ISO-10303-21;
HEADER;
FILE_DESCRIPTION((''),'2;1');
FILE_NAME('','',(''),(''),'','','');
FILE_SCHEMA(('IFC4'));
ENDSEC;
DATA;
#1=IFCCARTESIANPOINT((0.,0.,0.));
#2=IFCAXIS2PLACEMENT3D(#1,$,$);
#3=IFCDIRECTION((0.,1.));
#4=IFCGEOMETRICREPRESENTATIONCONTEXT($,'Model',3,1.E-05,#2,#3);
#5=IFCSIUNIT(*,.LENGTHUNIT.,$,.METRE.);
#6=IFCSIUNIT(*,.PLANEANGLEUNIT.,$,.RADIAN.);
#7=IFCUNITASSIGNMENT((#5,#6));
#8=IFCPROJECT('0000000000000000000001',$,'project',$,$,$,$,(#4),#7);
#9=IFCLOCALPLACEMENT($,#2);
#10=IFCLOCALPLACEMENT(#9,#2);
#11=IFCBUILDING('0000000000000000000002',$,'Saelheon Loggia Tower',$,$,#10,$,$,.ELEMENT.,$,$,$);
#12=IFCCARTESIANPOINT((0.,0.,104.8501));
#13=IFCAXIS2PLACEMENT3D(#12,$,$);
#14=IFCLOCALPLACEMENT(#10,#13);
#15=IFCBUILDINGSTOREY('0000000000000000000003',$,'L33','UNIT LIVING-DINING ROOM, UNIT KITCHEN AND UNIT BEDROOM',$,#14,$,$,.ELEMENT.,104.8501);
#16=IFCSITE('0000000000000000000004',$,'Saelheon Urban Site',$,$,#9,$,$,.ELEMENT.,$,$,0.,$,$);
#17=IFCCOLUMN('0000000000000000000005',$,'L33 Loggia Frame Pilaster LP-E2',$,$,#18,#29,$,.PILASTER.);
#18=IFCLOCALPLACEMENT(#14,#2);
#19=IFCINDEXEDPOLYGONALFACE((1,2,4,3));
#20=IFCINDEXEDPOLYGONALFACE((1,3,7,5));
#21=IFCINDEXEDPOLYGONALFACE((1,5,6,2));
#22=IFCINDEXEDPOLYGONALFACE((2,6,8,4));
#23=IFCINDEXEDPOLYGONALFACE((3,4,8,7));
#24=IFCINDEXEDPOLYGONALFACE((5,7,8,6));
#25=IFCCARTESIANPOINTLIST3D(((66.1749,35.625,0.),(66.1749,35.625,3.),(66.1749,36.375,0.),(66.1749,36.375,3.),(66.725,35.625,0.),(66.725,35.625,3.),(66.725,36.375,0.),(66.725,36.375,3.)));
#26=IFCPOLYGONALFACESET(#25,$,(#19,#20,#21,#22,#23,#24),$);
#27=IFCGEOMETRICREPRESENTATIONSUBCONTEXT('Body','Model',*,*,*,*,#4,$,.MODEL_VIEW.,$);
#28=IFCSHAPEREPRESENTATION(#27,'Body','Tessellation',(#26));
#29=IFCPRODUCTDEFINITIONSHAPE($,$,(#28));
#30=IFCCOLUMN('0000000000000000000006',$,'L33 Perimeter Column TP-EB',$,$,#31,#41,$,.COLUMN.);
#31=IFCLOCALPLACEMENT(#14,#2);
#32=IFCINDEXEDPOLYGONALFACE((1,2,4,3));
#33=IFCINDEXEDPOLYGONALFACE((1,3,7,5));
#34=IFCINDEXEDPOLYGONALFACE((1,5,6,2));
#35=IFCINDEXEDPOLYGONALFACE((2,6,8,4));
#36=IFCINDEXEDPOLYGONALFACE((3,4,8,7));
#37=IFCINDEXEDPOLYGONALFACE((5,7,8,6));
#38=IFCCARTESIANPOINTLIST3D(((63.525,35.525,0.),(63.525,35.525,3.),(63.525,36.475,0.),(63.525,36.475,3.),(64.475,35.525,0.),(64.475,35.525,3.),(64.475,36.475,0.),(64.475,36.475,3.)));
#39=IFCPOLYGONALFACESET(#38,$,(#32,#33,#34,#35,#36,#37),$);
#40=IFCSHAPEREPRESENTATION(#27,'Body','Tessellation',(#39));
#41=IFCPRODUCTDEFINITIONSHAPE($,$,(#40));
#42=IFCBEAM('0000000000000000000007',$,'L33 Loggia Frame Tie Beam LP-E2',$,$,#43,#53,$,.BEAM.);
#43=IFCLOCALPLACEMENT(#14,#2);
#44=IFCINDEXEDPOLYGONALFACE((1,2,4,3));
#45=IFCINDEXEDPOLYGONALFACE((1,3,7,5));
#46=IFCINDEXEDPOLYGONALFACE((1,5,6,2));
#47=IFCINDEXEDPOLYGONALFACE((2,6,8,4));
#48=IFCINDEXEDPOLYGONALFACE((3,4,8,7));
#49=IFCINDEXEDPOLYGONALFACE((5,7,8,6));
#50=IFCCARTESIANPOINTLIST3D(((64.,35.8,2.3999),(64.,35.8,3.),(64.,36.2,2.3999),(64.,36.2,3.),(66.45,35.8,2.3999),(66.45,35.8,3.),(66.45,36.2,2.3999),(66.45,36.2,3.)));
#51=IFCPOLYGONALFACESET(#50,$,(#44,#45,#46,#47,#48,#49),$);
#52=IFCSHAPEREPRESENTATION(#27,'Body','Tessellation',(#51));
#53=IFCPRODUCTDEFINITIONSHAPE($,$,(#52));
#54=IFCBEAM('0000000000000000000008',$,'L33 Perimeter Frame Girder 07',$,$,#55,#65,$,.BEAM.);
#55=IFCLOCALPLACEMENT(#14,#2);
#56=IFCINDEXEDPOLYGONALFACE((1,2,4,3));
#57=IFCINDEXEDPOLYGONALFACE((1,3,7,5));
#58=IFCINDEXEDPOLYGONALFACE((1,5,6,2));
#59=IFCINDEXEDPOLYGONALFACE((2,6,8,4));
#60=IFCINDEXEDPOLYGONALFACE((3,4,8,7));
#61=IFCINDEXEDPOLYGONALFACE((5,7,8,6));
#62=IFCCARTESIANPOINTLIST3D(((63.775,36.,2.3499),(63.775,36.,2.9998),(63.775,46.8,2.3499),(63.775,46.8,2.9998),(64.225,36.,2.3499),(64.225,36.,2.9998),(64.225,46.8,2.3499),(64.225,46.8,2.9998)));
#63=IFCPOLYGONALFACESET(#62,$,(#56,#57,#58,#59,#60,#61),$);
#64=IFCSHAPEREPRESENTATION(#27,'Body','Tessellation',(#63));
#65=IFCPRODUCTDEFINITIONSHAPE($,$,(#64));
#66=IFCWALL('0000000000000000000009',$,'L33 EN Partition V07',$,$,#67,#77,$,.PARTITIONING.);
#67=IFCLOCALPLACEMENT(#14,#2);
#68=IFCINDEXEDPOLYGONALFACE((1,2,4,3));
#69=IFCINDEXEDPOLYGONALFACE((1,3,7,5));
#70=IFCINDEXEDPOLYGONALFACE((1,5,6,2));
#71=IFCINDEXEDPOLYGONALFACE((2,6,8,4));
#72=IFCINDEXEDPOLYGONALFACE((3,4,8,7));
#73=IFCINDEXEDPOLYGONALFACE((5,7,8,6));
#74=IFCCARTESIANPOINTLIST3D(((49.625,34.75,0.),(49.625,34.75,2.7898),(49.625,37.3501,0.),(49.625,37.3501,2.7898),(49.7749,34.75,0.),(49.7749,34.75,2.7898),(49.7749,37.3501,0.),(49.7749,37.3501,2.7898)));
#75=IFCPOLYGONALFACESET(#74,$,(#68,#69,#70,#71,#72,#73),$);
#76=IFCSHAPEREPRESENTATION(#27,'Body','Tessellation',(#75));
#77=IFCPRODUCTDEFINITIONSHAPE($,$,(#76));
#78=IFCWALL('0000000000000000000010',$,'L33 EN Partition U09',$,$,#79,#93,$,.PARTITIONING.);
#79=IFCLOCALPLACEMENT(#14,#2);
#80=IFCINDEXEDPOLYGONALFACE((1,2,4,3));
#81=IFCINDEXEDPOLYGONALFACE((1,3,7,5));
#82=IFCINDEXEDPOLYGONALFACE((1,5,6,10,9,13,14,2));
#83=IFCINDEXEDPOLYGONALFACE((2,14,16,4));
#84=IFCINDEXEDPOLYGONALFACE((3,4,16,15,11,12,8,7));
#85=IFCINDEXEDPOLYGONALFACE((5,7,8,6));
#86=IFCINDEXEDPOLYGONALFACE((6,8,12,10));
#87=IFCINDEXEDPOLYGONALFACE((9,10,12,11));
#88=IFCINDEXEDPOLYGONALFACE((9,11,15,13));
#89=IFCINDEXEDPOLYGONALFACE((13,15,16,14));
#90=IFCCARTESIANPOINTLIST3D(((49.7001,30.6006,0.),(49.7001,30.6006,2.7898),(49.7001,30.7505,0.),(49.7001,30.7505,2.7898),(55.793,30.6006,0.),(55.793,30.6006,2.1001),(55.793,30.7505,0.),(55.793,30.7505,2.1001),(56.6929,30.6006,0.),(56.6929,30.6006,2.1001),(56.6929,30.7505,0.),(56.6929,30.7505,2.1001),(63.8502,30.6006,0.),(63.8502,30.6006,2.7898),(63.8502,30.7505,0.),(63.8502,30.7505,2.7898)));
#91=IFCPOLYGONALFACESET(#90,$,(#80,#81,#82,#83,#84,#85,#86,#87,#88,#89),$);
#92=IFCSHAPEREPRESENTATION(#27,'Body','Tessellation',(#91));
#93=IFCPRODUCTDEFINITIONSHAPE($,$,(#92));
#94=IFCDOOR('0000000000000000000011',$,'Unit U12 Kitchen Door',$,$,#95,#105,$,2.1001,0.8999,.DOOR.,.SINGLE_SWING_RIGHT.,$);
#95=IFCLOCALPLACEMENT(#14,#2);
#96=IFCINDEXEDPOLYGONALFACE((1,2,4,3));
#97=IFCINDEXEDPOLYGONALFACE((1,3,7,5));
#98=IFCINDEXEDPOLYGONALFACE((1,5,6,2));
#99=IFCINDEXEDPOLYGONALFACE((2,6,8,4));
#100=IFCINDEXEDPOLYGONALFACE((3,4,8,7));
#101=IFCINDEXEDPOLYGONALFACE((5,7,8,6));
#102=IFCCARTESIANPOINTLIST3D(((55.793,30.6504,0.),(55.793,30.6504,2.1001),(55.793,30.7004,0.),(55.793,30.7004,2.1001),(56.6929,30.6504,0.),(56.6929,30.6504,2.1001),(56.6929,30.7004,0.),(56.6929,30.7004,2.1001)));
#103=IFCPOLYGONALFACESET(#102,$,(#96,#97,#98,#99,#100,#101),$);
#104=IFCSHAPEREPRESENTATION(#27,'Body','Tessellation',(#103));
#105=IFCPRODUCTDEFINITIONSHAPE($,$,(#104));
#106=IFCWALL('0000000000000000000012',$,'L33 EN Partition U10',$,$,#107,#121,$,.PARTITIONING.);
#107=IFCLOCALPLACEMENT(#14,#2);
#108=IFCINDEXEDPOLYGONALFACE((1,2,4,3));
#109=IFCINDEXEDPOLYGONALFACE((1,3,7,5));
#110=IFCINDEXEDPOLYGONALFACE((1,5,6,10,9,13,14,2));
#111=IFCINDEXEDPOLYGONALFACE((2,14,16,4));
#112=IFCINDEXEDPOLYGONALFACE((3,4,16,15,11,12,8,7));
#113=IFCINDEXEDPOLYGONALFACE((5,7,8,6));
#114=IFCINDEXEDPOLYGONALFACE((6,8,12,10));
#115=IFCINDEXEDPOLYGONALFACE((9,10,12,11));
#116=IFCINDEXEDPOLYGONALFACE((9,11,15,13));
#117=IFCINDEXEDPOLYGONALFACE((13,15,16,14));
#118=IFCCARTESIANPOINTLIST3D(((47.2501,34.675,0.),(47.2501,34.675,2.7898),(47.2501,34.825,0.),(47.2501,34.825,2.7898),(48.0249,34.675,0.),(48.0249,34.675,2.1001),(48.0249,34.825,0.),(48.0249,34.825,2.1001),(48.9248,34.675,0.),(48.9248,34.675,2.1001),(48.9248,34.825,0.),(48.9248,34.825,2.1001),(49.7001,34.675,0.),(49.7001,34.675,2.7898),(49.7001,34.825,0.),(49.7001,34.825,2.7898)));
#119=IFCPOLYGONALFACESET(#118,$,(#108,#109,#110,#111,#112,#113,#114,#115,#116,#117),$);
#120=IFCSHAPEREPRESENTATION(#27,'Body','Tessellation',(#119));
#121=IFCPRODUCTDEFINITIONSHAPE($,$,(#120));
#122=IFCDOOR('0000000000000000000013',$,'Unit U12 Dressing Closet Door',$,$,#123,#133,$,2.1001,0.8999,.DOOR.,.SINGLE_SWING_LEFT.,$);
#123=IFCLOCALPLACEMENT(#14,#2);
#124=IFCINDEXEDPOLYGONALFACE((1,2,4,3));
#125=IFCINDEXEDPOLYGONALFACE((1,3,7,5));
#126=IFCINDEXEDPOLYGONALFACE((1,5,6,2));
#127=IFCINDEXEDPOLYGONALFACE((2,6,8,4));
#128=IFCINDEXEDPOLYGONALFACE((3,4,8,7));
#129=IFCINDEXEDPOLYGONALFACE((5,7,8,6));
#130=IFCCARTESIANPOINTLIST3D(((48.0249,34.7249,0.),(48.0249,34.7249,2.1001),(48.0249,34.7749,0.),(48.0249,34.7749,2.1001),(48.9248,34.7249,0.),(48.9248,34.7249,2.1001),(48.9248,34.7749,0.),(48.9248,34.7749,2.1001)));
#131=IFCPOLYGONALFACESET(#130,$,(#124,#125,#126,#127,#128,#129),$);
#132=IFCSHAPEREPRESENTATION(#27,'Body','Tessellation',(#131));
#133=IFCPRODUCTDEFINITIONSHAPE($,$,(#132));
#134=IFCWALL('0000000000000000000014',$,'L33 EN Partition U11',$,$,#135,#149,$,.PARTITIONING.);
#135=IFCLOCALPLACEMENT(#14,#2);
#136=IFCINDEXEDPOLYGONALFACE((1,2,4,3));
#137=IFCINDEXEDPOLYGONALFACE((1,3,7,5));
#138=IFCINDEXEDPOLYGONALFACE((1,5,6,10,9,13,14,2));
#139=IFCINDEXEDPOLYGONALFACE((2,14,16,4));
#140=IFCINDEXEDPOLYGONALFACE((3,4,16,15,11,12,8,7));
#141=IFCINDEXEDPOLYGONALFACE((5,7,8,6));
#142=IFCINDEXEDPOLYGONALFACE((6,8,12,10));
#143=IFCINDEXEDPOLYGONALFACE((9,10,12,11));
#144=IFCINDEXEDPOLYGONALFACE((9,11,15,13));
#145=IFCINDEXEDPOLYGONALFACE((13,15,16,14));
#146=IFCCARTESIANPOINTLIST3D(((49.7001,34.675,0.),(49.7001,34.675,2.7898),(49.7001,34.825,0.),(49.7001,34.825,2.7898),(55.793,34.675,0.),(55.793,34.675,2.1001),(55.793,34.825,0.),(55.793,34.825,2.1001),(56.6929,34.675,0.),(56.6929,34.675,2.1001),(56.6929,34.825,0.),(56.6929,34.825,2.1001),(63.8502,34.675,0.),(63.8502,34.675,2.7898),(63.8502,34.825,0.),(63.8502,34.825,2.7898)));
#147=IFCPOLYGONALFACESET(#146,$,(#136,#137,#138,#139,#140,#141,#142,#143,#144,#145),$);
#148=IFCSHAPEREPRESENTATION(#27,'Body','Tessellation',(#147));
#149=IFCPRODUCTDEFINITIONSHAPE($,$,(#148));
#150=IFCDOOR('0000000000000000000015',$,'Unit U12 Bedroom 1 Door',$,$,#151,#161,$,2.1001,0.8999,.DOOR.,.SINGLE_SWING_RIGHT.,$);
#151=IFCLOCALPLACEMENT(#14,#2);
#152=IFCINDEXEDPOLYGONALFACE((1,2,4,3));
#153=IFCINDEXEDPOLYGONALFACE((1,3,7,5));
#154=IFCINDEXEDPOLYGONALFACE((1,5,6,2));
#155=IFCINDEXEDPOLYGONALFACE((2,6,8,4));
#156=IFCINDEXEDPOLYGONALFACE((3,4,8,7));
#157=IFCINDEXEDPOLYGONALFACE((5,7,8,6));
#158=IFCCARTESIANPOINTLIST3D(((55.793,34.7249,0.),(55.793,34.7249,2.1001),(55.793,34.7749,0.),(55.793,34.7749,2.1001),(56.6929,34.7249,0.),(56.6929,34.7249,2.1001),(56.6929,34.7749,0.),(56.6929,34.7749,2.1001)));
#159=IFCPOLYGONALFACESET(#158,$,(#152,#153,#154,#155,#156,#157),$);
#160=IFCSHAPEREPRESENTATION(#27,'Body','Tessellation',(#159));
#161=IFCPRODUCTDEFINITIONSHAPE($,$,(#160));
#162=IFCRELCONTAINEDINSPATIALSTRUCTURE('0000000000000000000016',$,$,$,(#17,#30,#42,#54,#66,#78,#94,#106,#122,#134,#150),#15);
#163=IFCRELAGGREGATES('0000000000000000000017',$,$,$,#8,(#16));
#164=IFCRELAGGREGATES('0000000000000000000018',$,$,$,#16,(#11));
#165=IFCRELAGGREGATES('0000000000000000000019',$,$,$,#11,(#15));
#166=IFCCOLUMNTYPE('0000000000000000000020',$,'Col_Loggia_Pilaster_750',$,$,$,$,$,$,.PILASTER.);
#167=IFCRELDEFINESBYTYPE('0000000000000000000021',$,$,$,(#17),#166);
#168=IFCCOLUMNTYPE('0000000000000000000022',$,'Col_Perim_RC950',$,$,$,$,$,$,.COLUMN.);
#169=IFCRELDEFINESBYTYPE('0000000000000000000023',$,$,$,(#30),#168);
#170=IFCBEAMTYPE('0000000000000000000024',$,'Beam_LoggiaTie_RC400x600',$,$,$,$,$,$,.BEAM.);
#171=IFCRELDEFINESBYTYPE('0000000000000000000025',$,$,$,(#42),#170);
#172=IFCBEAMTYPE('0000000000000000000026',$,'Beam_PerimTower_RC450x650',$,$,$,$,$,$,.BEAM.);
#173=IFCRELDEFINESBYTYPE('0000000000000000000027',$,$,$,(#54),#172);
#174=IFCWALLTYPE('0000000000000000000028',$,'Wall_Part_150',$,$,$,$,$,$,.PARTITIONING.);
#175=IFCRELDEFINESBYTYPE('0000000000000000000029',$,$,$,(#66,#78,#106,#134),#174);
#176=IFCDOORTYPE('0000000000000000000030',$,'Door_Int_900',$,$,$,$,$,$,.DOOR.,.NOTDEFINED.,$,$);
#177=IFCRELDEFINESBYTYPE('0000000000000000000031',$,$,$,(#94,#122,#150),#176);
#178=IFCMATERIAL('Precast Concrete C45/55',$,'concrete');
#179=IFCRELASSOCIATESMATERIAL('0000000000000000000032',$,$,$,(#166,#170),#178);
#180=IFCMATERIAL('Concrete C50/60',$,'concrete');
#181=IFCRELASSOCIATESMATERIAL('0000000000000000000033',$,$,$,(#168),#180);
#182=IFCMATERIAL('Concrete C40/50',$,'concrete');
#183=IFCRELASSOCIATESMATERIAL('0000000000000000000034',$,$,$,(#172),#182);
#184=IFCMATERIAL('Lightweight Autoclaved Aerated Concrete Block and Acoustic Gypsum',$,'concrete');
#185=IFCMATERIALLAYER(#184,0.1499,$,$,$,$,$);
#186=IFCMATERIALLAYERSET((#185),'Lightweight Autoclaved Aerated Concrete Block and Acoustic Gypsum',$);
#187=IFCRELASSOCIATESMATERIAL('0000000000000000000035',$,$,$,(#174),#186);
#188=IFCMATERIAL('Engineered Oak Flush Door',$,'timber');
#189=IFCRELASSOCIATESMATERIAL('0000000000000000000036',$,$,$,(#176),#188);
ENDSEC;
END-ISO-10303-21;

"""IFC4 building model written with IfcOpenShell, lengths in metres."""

from ifc_helpers import new_model, si_unit, direction, frame, frame_2d, origin, origin_2d, place, context, subcontext, project, spatial, rectangle, extrude, source, transform, mapped, material, layer, layer_set, material_profile, profile_set, type_object, element, fill, save


model = new_model("IFC4")

# Units and contexts
model_context = context("Model", 3, precision=1e-05, world=origin(), true_north=direction((0.0, 1.0)))
body_context = subcontext(model_context, "Body", "Model", "MODEL_VIEW")
ifc_project = project(units=[si_unit("LENGTHUNIT", "METRE"), si_unit("PLANEANGLEUNIT", "RADIAN")], contexts=[model_context])

# Site, building, storey
site_placement = place(None, origin())
site = spatial("IfcSite", under=ifc_project, at=site_placement, Name="Saelheon Urban Site", CompositionType="ELEMENT", RefElevation=0.0)
building_placement = place(site_placement, origin())
building = spatial("IfcBuilding", under=site, at=building_placement, Name="Saelheon Loggia Tower", CompositionType="ELEMENT")
storey_placement = place(building_placement, frame((0.0, 0.0, 104.8501)))
storey = spatial("IfcBuildingStorey", under=building, at=storey_placement, Name="L33", Description="UNIT LIVING-DINING ROOM, UNIT KITCHEN AND UNIT BEDROOM", CompositionType="ELEMENT", Elevation=104.8501)

# Columns
ifc_material_1 = material(Name="Precast Concrete C45/55", Category="concrete")
ifc_material_profile_1 = material_profile(ifc_material_1, rectangle(XDim=0.55, YDim=0.75, at=origin_2d()), Name="RC-550x750")
ifc_profile_set_1 = profile_set([ifc_material_profile_1], Name="Precast Concrete C45/55")
column_type_1 = type_object("IfcColumnType", Name="Col_Loggia_Pilaster_750", PredefinedType="PILASTER", material=ifc_profile_set_1)
shared_shape_1 = source(origin(), body_context, "Body", "SweptSolid", [
    extrude(rectangle(XDim=0.55, YDim=0.75, at=origin_2d()), origin(), (0.0, 0.0, 1.0), 3.0),
])
column_1_placement = place(storey_placement, frame((66.45, 36.0, 0.0), z_axis=(0.0, 0.0, 1.0), x_axis=(1.0, 0.0, 0.0)))
element("IfcColumn", 1, at=column_1_placement, inside=storey, type_object=column_type_1, Name="L33 Loggia Frame Pilaster LP-E2", PredefinedType="PILASTER", context=body_context, shape_type="MappedRepresentation", body=[
    mapped(shared_shape_1, transform((0.0, 0.0, 0.0), scale=1.0)),
])
ifc_material_2 = material(Name="Concrete C50/60", Category="concrete")
ifc_material_profile_2 = material_profile(ifc_material_2, rectangle(XDim=0.95, YDim=0.95, at=origin_2d()), Name="RC-950x950")
ifc_profile_set_2 = profile_set([ifc_material_profile_2], Name="Concrete C50/60")
column_type_2 = type_object("IfcColumnType", Name="Col_Perim_RC950", PredefinedType="COLUMN", material=ifc_profile_set_2)
shared_shape_2 = source(origin(), body_context, "Body", "SweptSolid", [
    extrude(rectangle(XDim=0.95, YDim=0.95, at=origin_2d()), origin(), (0.0, 0.0, 1.0), 3.0),
])
column_2_placement = place(storey_placement, frame((64.0, 36.0, 0.0), z_axis=(0.0, 0.0, 1.0), x_axis=(1.0, 0.0, 0.0)))
element("IfcColumn", 2, at=column_2_placement, inside=storey, type_object=column_type_2, Name="L33 Perimeter Column TP-EB", PredefinedType="COLUMN", context=body_context, shape_type="MappedRepresentation", body=[
    mapped(shared_shape_2, transform((0.0, 0.0, 0.0), scale=1.0)),
])

# Beams
ifc_material_profile_3 = material_profile(ifc_material_1, rectangle(XDim=0.3999, YDim=0.6001, at=origin_2d()), Name="RC-400x600")
ifc_profile_set_3 = profile_set([ifc_material_profile_3], Name="Precast Concrete C45/55")
beam_type_1 = type_object("IfcBeamType", Name="Beam_LoggiaTie_RC400x600", PredefinedType="BEAM", material=ifc_profile_set_3)
shared_shape_3 = source(origin(), body_context, "Body", "SweptSolid", [
    extrude(rectangle(XDim=0.3999, YDim=0.6001, at=origin_2d()), origin(), (0.0, 0.0, 1.0), 2.45),
])
beam_1_placement = place(storey_placement, frame((64.0, 36.0, 2.7), z_axis=(1.0, 0.0, 0.0), x_axis=(0.0, 1.0, 0.0)))
element("IfcBeam", 3, at=beam_1_placement, inside=storey, type_object=beam_type_1, Name="L33 Loggia Frame Tie Beam LP-E2", PredefinedType="BEAM", context=body_context, shape_type="MappedRepresentation", body=[
    mapped(shared_shape_3, transform((0.0, 0.0, 0.0), scale=1.0)),
])
ifc_material_3 = material(Name="Concrete C40/50", Category="concrete")
ifc_material_profile_4 = material_profile(ifc_material_3, rectangle(XDim=0.45, YDim=0.6499, at=origin_2d()), Name="RC-450x650")
ifc_profile_set_4 = profile_set([ifc_material_profile_4], Name="Concrete C40/50")
beam_type_2 = type_object("IfcBeamType", Name="Beam_PerimTower_RC450x650", PredefinedType="BEAM", material=ifc_profile_set_4)
shared_shape_4 = source(origin(), body_context, "Body", "SweptSolid", [
    extrude(rectangle(XDim=0.45, YDim=0.6499, at=origin_2d()), origin(), (0.0, 0.0, 1.0), 10.8),
])
beam_2_placement = place(storey_placement, frame((64.0, 36.0, 2.6748), z_axis=(0.0, 1.0, 0.0), x_axis=(-1.0, 0.0, 0.0)))
element("IfcBeam", 4, at=beam_2_placement, inside=storey, type_object=beam_type_2, Name="L33 Perimeter Frame Girder 07", PredefinedType="BEAM", context=body_context, shape_type="MappedRepresentation", body=[
    mapped(shared_shape_4, transform((0.0, 0.0, 0.0), scale=1.0)),
])

# Wall
ifc_material_4 = material(Name="Lightweight Autoclaved Aerated Concrete Block and Acoustic Gypsum", Category="concrete")
ifc_layer_1 = layer(ifc_material_4, 0.1499)
ifc_layer_set_1 = layer_set([ifc_layer_1], Name="Lightweight Autoclaved Aerated Concrete Block and Acoustic Gypsum")
wall_type_1 = type_object("IfcWallType", Name="Wall_Part_150", PredefinedType="PARTITIONING", material=ifc_layer_set_1)
wall_1_placement = place(storey_placement, frame((49.7, 34.75, 0.0), z_axis=(0.0, 0.0, 1.0), x_axis=(0.0, 1.0, 0.0)))
element("IfcWall", 5, at=wall_1_placement, inside=storey, type_object=wall_type_1, Name="L33 EN Partition V07", PredefinedType="PARTITIONING", context=body_context, shape_type="SweptSolid", body=[
    extrude(rectangle(XDim=2.6001, YDim=0.1499, at=frame_2d((1.3, 0.0))), origin(), (0.0, 0.0, 1.0), 2.7898),
])

# Walls, openings, doors
wall_2_placement = place(storey_placement, frame((49.7, 30.6755, 0.0), z_axis=(0.0, 0.0, 1.0), x_axis=(1.0, 0.0, 0.0)))
wall_2 = element("IfcWall", 6, at=wall_2_placement, inside=storey, type_object=wall_type_1, Name="L33 EN Partition U09", PredefinedType="PARTITIONING", context=body_context, shape_type="SweptSolid", body=[
    extrude(rectangle(XDim=14.1501, YDim=0.1499, at=frame_2d((7.0752, 0.0))), origin(), (0.0, 0.0, 1.0), 2.7898),
])
opening_1_placement = place(wall_2_placement, frame((6.093, 0.0, 0.0)))
opening_1 = element("IfcOpeningElement", 7, at=opening_1_placement, cuts=wall_2, PredefinedType="OPENING", context=body_context, shape_type="SweptSolid", body=[
    extrude(rectangle(XDim=0.8999, YDim=2.1001, at=frame_2d((0.45, 1.05))), frame((0.0, 0.0869, 0.0), z_axis=(0.0, -1.0, 0.0), x_axis=(1.0, 0.0, 0.0)), (0.0, 0.0, 1.0), 0.1738),
])
ifc_material_5 = material(Name="Engineered Oak Flush Door", Category="timber")
door_type_1 = type_object("IfcDoorType", Name="Door_Int_900", OperationType="NOTDEFINED", PredefinedType="DOOR", material=ifc_material_5)
shared_shape_5 = source(origin(), body_context, "Body", "SweptSolid", [
    extrude(rectangle(XDim=0.8999, YDim=2.1001, at=frame_2d((0.45, 1.05))), frame((0.0, 0.0249, 0.0), z_axis=(0.0, -1.0, 0.0), x_axis=(1.0, 0.0, 0.0)), (0.0, 0.0, 1.0), 0.05),
])
door_1_placement = place(opening_1_placement, origin())
door_1 = element("IfcDoor", 8, at=door_1_placement, inside=storey, type_object=door_type_1, Name="Unit U12 Kitchen Door", OperationType="SINGLE_SWING_RIGHT", OverallHeight=2.1001, OverallWidth=0.8999, PredefinedType="DOOR", context=body_context, shape_type="MappedRepresentation", body=[
    mapped(shared_shape_5, transform((0.0, 0.0, 0.0), scale=1.0)),
])
fill(opening_1, door_1)
wall_3_placement = place(storey_placement, frame((47.25, 34.75, 0.0), z_axis=(0.0, 0.0, 1.0), x_axis=(1.0, 0.0, 0.0)))
wall_3 = element("IfcWall", 9, at=wall_3_placement, inside=storey, type_object=wall_type_1, Name="L33 EN Partition U10", PredefinedType="PARTITIONING", context=body_context, shape_type="SweptSolid", body=[
    extrude(rectangle(XDim=2.45, YDim=0.1499, at=frame_2d((1.2251, 0.0))), origin(), (0.0, 0.0, 1.0), 2.7898),
])
opening_2_placement = place(wall_3_placement, frame((0.7749, 0.0, 0.0)))
opening_2 = element("IfcOpeningElement", 10, at=opening_2_placement, cuts=wall_3, PredefinedType="OPENING", context=body_context, shape_type="SweptSolid", body=[
    extrude(rectangle(XDim=0.8999, YDim=2.1001, at=frame_2d((0.45, 1.05))), frame((0.0, 0.0869, 0.0), z_axis=(0.0, -1.0, 0.0), x_axis=(1.0, 0.0, 0.0)), (0.0, 0.0, 1.0), 0.1738),
])
door_2_placement = place(opening_2_placement, origin())
door_2 = element("IfcDoor", 11, at=door_2_placement, inside=storey, type_object=door_type_1, Name="Unit U12 Dressing Closet Door", OperationType="SINGLE_SWING_LEFT", OverallHeight=2.1001, OverallWidth=0.8999, PredefinedType="DOOR", context=body_context, shape_type="MappedRepresentation", body=[
    mapped(shared_shape_5, transform((0.0, 0.0, 0.0), scale=1.0)),
])
fill(opening_2, door_2)
wall_4_placement = place(storey_placement, frame((49.7, 34.75, 0.0), z_axis=(0.0, 0.0, 1.0), x_axis=(1.0, 0.0, 0.0)))
wall_4 = element("IfcWall", 12, at=wall_4_placement, inside=storey, type_object=wall_type_1, Name="L33 EN Partition U11", PredefinedType="PARTITIONING", context=body_context, shape_type="SweptSolid", body=[
    extrude(rectangle(XDim=14.1501, YDim=0.1499, at=frame_2d((7.0752, 0.0))), origin(), (0.0, 0.0, 1.0), 2.7898),
])
opening_3_placement = place(wall_4_placement, frame((6.093, 0.0, 0.0)))
opening_3 = element("IfcOpeningElement", 13, at=opening_3_placement, cuts=wall_4, PredefinedType="OPENING", context=body_context, shape_type="SweptSolid", body=[
    extrude(rectangle(XDim=0.8999, YDim=2.1001, at=frame_2d((0.45, 1.05))), frame((0.0, 0.0869, 0.0), z_axis=(0.0, -1.0, 0.0), x_axis=(1.0, 0.0, 0.0)), (0.0, 0.0, 1.0), 0.1738),
])
door_3_placement = place(opening_3_placement, origin())
door_3 = element("IfcDoor", 14, at=door_3_placement, inside=storey, type_object=door_type_1, Name="Unit U12 Bedroom 1 Door", OperationType="SINGLE_SWING_RIGHT", OverallHeight=2.1001, OverallWidth=0.8999, PredefinedType="DOOR", context=body_context, shape_type="MappedRepresentation", body=[
    mapped(shared_shape_5, transform((0.0, 0.0, 0.0), scale=1.0)),
])
fill(opening_3, door_3)

save(model, "model.ifc")
